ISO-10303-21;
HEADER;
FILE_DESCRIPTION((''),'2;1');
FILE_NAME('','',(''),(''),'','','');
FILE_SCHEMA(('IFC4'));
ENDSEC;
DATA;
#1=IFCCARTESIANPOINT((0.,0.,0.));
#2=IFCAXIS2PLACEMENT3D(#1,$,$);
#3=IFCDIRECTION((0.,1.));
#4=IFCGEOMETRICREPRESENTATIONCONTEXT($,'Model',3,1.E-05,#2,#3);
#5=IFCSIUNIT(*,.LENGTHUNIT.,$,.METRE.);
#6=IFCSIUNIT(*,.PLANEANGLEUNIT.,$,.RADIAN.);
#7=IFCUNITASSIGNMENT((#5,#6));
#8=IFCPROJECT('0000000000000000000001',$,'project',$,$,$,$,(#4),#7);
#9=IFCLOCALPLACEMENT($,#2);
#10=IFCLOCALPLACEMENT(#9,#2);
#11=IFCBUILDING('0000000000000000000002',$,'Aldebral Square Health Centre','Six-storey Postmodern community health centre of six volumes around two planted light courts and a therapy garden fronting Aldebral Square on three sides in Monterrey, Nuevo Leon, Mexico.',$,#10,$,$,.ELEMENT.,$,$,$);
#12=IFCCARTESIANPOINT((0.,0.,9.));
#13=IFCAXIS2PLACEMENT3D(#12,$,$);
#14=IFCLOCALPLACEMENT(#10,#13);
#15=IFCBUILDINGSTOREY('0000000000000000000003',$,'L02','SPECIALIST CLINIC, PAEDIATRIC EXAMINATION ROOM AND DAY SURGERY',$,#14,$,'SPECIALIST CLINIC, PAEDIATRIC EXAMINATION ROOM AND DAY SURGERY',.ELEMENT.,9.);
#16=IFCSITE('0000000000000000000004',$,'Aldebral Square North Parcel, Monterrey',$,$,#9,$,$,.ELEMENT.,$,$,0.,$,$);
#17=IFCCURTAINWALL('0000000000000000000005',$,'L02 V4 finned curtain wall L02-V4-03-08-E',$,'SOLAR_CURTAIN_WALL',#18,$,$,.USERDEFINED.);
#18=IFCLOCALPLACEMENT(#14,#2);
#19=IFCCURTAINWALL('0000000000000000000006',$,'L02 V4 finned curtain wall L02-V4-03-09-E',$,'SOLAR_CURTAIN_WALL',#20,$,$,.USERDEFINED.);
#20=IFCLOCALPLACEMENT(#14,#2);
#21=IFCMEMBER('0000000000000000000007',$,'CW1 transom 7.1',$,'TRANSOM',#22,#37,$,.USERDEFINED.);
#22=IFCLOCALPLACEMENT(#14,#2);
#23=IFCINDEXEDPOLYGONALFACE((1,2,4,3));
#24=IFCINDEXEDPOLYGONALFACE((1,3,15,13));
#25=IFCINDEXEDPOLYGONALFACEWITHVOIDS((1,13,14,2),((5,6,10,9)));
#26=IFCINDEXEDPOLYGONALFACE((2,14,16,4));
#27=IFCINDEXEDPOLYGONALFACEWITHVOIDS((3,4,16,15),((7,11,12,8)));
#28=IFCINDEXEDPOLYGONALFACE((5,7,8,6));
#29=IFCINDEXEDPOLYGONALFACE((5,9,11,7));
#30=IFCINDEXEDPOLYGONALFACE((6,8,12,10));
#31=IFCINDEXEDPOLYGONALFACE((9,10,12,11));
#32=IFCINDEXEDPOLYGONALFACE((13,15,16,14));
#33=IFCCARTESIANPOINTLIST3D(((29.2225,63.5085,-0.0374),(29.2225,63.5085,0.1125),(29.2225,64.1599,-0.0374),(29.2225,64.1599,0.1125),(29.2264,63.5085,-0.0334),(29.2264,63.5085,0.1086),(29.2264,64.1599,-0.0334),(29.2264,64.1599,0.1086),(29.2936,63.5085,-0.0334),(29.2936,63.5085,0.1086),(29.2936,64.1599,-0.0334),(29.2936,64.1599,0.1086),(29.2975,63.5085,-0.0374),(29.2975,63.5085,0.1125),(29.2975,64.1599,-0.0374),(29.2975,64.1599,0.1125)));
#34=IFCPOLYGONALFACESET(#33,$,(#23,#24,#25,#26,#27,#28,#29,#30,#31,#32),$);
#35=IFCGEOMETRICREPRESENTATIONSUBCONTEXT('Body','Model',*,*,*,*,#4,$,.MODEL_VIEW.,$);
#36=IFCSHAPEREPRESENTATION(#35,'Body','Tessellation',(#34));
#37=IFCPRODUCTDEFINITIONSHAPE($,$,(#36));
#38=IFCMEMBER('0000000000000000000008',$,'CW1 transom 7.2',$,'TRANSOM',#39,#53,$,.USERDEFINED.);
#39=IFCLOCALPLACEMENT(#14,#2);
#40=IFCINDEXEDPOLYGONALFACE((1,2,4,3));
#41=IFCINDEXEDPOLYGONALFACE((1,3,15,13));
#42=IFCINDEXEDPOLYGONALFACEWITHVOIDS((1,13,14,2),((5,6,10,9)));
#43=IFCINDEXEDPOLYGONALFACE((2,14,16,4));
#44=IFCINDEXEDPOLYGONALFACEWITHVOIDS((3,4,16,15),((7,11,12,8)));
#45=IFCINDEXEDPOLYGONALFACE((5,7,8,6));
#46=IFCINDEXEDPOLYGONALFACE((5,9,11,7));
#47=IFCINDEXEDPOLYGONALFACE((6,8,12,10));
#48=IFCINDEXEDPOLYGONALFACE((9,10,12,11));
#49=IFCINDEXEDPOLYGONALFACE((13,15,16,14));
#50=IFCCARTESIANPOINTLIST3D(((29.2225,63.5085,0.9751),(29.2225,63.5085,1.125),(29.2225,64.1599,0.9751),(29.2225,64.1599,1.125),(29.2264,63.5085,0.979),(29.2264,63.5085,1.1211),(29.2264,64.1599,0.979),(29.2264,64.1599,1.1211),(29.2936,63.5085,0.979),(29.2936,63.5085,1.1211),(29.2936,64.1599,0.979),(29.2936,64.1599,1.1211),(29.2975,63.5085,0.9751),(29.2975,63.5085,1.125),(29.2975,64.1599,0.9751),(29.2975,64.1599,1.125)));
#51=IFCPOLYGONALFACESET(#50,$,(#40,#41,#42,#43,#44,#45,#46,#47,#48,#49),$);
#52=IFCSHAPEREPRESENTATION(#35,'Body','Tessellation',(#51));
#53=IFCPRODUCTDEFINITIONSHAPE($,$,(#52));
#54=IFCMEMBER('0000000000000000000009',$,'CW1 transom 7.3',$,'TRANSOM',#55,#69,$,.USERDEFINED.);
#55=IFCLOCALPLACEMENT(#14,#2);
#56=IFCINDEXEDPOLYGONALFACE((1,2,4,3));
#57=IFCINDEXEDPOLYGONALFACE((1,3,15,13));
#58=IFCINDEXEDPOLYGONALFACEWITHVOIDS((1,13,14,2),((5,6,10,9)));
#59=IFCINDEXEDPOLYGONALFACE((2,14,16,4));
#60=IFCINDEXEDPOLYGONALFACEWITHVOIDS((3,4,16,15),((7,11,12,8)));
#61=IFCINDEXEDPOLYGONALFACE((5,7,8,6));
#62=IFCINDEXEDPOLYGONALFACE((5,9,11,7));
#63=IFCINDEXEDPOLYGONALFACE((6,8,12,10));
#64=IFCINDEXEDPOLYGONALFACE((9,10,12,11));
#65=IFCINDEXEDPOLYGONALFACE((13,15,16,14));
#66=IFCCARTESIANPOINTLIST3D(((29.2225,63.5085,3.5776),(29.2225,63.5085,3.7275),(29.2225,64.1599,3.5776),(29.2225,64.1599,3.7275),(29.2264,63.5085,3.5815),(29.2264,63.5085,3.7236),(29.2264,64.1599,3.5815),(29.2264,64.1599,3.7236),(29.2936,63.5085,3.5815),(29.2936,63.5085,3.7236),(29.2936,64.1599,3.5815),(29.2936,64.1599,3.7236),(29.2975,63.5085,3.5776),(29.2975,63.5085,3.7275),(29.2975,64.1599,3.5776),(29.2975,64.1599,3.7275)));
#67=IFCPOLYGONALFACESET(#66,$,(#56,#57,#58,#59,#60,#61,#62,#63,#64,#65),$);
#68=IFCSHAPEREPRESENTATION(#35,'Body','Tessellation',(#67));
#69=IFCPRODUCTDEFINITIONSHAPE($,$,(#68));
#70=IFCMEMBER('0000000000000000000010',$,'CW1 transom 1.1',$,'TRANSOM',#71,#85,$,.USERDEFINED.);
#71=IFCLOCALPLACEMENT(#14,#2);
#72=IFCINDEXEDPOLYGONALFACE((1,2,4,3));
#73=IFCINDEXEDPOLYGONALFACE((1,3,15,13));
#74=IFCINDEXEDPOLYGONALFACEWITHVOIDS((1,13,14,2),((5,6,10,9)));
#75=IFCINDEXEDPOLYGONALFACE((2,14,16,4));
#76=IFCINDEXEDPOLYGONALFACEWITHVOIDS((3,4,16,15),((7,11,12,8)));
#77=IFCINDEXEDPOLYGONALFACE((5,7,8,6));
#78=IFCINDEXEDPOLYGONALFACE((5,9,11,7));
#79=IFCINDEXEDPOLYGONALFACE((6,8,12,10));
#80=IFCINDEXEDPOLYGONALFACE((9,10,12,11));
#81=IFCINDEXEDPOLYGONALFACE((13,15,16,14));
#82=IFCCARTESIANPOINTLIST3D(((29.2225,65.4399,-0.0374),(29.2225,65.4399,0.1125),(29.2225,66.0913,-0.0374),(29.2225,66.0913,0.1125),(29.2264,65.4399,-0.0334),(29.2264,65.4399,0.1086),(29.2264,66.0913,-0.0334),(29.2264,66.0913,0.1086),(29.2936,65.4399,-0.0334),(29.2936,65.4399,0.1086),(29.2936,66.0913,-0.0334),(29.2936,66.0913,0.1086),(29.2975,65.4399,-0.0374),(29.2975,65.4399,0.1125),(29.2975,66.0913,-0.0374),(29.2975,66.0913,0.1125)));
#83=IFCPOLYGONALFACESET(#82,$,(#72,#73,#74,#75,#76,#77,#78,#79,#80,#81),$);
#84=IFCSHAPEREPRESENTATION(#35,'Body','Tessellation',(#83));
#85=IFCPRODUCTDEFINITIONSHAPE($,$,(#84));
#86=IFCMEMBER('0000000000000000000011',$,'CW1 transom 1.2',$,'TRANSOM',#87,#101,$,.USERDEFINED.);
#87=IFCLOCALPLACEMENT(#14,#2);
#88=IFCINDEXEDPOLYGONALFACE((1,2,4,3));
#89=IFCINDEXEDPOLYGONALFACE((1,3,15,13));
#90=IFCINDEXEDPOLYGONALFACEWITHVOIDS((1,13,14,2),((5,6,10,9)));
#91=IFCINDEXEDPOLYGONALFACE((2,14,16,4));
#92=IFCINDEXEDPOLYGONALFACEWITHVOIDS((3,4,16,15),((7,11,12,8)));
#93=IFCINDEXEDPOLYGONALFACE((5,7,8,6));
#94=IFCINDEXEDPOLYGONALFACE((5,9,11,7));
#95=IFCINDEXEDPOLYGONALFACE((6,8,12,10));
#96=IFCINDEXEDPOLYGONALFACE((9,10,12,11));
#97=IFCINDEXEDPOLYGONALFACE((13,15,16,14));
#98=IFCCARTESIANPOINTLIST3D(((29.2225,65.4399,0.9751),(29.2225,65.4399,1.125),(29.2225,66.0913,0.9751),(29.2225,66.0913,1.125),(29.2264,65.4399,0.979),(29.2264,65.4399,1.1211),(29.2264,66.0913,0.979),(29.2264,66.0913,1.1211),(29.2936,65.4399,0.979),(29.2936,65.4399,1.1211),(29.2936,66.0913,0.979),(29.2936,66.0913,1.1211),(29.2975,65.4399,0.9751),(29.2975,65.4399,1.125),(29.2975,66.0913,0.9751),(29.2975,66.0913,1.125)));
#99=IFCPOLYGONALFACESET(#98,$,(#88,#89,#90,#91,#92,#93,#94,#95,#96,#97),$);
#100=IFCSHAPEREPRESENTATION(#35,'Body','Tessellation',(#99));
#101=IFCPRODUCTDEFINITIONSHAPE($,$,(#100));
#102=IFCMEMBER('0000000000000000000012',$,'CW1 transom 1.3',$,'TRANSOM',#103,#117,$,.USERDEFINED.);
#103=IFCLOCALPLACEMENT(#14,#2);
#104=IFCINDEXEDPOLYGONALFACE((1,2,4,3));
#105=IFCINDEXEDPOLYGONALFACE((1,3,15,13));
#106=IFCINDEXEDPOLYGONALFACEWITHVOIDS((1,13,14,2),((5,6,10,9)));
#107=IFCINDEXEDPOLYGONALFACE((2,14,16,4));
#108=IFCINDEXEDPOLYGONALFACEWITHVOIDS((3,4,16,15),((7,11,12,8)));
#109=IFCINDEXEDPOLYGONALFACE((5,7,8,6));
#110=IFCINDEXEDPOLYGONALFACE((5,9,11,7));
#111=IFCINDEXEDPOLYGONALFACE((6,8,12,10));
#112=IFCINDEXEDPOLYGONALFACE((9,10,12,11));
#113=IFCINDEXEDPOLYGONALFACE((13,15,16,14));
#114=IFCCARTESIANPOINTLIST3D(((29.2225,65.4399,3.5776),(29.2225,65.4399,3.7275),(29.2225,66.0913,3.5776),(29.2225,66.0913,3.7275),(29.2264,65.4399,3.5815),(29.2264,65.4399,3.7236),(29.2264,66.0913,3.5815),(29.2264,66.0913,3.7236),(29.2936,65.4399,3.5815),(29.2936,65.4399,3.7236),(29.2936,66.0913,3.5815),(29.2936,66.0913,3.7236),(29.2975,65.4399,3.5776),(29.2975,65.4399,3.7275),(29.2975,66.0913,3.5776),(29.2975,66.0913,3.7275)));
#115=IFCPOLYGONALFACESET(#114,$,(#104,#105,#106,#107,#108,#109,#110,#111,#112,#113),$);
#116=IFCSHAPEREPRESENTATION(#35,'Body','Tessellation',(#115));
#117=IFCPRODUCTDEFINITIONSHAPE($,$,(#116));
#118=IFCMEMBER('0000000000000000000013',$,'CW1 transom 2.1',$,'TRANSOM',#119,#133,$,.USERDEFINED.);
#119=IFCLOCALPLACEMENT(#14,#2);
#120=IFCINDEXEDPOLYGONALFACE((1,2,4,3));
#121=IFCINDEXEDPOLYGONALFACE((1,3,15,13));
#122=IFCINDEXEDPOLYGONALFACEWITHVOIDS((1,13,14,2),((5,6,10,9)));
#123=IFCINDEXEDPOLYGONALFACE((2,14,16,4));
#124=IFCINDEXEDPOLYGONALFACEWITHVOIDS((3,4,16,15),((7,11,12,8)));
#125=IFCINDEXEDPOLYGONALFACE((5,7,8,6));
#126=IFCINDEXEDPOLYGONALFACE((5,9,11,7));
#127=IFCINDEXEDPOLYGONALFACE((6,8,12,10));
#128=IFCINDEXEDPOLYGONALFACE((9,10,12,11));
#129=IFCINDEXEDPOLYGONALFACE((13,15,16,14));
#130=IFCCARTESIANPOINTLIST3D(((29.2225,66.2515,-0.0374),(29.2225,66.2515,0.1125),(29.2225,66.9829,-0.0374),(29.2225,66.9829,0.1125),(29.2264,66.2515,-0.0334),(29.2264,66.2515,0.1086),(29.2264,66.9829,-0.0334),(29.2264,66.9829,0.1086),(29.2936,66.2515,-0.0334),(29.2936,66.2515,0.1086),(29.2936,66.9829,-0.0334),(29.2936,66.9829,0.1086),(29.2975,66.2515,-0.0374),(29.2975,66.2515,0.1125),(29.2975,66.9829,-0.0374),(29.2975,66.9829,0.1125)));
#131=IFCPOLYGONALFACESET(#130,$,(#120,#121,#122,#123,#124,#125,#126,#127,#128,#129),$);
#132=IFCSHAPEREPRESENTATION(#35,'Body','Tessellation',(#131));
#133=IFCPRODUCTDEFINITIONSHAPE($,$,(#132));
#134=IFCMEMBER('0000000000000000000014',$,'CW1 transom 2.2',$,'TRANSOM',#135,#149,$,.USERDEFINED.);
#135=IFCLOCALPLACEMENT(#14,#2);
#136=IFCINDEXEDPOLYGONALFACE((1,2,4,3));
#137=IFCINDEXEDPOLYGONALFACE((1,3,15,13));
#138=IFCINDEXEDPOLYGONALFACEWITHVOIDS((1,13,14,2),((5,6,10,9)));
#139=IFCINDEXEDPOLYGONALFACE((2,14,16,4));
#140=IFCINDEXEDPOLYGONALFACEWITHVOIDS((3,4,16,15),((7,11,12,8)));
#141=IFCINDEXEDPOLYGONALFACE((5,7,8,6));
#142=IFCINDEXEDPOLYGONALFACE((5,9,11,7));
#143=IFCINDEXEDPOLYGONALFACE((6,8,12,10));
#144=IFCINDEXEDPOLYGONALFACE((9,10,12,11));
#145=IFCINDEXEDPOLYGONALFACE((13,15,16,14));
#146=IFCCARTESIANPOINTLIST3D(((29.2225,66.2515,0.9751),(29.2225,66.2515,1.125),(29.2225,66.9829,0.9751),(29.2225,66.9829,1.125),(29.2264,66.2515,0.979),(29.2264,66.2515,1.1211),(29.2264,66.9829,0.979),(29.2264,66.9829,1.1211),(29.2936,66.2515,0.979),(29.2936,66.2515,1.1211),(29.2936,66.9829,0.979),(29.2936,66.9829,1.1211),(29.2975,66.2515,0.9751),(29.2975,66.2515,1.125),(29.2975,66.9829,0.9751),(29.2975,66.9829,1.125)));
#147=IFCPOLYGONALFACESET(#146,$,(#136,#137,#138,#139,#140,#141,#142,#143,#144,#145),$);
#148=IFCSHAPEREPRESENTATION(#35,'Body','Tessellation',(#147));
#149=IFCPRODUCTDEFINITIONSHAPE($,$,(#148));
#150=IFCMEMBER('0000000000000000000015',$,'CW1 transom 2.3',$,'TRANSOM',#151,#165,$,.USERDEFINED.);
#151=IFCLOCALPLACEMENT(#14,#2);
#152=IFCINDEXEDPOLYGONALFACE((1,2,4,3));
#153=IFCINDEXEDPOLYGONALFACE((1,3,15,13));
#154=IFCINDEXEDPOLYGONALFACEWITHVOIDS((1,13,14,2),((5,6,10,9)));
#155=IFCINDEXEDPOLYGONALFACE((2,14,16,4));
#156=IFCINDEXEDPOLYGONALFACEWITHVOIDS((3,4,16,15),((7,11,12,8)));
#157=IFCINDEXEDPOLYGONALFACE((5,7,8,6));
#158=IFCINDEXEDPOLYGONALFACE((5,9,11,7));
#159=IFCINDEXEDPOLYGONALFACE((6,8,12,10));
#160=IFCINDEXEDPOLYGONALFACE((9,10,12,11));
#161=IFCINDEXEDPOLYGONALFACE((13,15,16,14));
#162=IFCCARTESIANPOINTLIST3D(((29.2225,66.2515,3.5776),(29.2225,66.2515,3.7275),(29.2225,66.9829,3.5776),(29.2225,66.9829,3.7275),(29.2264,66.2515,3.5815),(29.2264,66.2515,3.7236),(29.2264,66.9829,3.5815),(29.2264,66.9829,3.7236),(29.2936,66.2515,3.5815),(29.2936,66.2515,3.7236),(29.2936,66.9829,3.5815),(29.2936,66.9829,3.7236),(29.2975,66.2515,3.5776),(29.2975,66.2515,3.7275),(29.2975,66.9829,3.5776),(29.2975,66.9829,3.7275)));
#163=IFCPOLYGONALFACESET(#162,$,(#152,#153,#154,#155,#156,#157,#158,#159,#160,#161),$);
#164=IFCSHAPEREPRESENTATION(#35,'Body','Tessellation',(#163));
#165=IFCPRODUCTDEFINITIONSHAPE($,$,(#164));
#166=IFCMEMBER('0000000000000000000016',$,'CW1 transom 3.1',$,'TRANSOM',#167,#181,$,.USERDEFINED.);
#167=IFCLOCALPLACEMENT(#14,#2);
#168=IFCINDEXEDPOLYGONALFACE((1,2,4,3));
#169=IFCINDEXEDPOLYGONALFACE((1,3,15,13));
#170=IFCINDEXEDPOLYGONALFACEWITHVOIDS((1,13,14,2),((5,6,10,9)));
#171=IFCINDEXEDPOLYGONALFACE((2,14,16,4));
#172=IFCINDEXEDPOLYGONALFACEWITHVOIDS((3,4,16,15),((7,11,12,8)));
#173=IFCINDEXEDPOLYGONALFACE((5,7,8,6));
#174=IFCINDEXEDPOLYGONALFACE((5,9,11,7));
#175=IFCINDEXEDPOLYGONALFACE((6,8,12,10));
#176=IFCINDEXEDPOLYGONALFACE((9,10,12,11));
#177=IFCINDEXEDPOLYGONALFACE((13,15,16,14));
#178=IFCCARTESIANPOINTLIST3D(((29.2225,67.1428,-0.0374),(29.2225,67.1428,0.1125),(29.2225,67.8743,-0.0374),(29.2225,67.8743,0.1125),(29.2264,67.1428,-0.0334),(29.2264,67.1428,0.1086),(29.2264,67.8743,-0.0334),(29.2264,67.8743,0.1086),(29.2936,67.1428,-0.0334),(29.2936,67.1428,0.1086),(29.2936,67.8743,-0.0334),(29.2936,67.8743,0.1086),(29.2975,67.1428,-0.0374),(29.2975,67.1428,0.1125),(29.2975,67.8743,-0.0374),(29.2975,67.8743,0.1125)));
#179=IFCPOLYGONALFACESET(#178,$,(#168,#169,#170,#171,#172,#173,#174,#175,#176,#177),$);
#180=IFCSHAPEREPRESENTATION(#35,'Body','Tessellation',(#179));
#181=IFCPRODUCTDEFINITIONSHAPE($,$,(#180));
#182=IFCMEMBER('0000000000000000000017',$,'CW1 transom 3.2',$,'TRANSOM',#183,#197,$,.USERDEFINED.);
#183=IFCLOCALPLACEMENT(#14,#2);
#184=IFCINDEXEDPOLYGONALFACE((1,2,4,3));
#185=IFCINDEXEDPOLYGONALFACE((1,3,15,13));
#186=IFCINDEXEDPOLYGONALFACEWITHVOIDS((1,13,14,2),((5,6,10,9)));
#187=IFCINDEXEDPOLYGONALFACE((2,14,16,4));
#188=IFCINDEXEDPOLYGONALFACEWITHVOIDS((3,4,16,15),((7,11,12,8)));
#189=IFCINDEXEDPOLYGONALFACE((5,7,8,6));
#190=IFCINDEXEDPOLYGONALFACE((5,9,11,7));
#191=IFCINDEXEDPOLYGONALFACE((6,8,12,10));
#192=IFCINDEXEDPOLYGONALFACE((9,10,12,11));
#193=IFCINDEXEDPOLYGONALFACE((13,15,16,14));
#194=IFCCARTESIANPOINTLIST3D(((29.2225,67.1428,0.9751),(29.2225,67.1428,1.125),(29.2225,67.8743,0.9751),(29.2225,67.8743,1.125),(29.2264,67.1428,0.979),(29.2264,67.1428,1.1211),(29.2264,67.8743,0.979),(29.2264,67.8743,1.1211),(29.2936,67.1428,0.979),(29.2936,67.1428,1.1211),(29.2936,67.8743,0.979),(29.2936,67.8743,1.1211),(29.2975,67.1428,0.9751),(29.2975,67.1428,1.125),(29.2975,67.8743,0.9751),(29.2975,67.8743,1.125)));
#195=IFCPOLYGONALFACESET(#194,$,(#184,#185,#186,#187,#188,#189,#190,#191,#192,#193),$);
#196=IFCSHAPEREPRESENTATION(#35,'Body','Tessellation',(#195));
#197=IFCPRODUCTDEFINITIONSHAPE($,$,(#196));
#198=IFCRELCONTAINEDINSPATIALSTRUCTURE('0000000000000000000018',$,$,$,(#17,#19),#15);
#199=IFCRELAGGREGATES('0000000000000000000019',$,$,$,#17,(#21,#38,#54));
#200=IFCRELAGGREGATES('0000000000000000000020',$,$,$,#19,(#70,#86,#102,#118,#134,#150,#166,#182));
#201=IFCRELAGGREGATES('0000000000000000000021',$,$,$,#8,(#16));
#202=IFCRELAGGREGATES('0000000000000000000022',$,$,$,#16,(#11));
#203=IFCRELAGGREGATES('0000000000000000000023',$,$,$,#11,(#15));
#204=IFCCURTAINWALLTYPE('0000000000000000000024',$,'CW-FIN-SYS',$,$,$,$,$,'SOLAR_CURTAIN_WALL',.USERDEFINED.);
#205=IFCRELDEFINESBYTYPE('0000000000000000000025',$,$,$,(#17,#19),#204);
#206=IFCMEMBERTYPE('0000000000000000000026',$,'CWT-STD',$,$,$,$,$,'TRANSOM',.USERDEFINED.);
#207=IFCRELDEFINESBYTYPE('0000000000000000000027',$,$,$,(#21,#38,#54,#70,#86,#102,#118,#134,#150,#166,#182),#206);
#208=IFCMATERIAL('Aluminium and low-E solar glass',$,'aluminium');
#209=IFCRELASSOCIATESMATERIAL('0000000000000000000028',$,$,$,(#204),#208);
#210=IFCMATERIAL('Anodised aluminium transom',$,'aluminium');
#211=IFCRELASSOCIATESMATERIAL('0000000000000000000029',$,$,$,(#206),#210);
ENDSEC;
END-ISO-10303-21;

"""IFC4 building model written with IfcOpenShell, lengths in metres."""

from ifc_helpers import new_model, si_unit, direction, frame, origin, origin_2d, place, context, subcontext, project, spatial, hollow_rectangle, extrude, material, material_profile, profile_set, type_object, element, aggregate, save


model = new_model("IFC4")

# Units and contexts
model_context = context("Model", 3, precision=1e-05, world=origin(), true_north=direction((0.0, 1.0)))
body_context = subcontext(model_context, "Body", "Model", "MODEL_VIEW")
ifc_project = project(units=[si_unit("LENGTHUNIT", "METRE"), si_unit("PLANEANGLEUNIT", "RADIAN")], contexts=[model_context])

# Site, building, storey
site_placement = place(None, origin())
site = spatial("IfcSite", under=ifc_project, at=site_placement, Name="Aldebral Square North Parcel, Monterrey", CompositionType="ELEMENT", RefElevation=0.0)
building_placement = place(site_placement, origin())
building = spatial("IfcBuilding", under=site, at=building_placement, Name="Aldebral Square Health Centre", Description="Six-storey Postmodern community health centre of six volumes around two planted light courts and a therapy garden fronting Aldebral Square on three sides in Monterrey, Nuevo Leon, Mexico.", CompositionType="ELEMENT")
storey_placement = place(building_placement, frame((0.0, 0.0, 9.0)))
storey = spatial("IfcBuildingStorey", under=building, at=storey_placement, Name="L02", Description="SPECIALIST CLINIC, PAEDIATRIC EXAMINATION ROOM AND DAY SURGERY", LongName="SPECIALIST CLINIC, PAEDIATRIC EXAMINATION ROOM AND DAY SURGERY", CompositionType="ELEMENT", Elevation=9.0)

# Curtain walls
ifc_material_1 = material(Name="Aluminium and low-E solar glass", Category="aluminium")
curtain_wall_type = type_object("IfcCurtainWallType", Name="CW-FIN-SYS", ElementType="SOLAR_CURTAIN_WALL", PredefinedType="USERDEFINED", material=ifc_material_1)
curtain_wall_1_placement = place(storey_placement, origin())
curtain_wall_1 = element("IfcCurtainWall", 1, at=curtain_wall_1_placement, inside=storey, type_object=curtain_wall_type, Name="L02 V4 finned curtain wall L02-V4-03-08-E", ObjectType="SOLAR_CURTAIN_WALL", PredefinedType="USERDEFINED")
curtain_wall_2_placement = place(storey_placement, origin())
curtain_wall_2 = element("IfcCurtainWall", 2, at=curtain_wall_2_placement, inside=storey, type_object=curtain_wall_type, Name="L02 V4 finned curtain wall L02-V4-03-09-E", ObjectType="SOLAR_CURTAIN_WALL", PredefinedType="USERDEFINED")

# Members
ifc_material_2 = material(Name="Anodised aluminium transom", Category="aluminium")
ifc_material_profile_1 = material_profile(ifc_material_2, hollow_rectangle(XDim=0.075, YDim=0.1499, WallThickness=0.0039, at=origin_2d()), Name="CWT 75x150x4")
ifc_profile_set_1 = profile_set([ifc_material_profile_1], Name="Anodised aluminium transom")
member_type_1 = type_object("IfcMemberType", Name="CWT-STD", ElementType="TRANSOM", PredefinedType="USERDEFINED", material=ifc_profile_set_1)
member_1_placement = place(storey_placement, frame((29.26, 63.5085, 0.0376), z_axis=(0.0, 1.0, 0.0), x_axis=(-1.0, 0.0, 0.0)))
member_1 = element("IfcMember", 3, at=member_1_placement, type_object=member_type_1, Name="CW1 transom 7.1", ObjectType="TRANSOM", PredefinedType="USERDEFINED", context=body_context, shape_type="SweptSolid", body=[
    extrude(hollow_rectangle(XDim=0.075, YDim=0.1499, WallThickness=0.0039, at=origin_2d()), origin(), (0.0, 0.0, 1.0), 0.6514),
])
member_2_placement = place(storey_placement, frame((29.26, 63.5085, 1.05), z_axis=(0.0, 1.0, 0.0), x_axis=(-1.0, 0.0, 0.0)))
member_2 = element("IfcMember", 4, at=member_2_placement, type_object=member_type_1, Name="CW1 transom 7.2", ObjectType="TRANSOM", PredefinedType="USERDEFINED", context=body_context, shape_type="SweptSolid", body=[
    extrude(hollow_rectangle(XDim=0.075, YDim=0.1499, WallThickness=0.0039, at=origin_2d()), origin(), (0.0, 0.0, 1.0), 0.6514),
])
member_3_placement = place(storey_placement, frame((29.26, 63.5085, 3.6526), z_axis=(0.0, 1.0, 0.0), x_axis=(-1.0, 0.0, 0.0)))
member_3 = element("IfcMember", 5, at=member_3_placement, type_object=member_type_1, Name="CW1 transom 7.3", ObjectType="TRANSOM", PredefinedType="USERDEFINED", context=body_context, shape_type="SweptSolid", body=[
    extrude(hollow_rectangle(XDim=0.075, YDim=0.1499, WallThickness=0.0039, at=origin_2d()), origin(), (0.0, 0.0, 1.0), 0.6514),
])
member_4_placement = place(storey_placement, frame((29.26, 65.4399, 0.0376), z_axis=(0.0, 1.0, 0.0), x_axis=(-1.0, 0.0, 0.0)))
member_4 = element("IfcMember", 6, at=member_4_placement, type_object=member_type_1, Name="CW1 transom 1.1", ObjectType="TRANSOM", PredefinedType="USERDEFINED", context=body_context, shape_type="SweptSolid", body=[
    extrude(hollow_rectangle(XDim=0.075, YDim=0.1499, WallThickness=0.0039, at=origin_2d()), origin(), (0.0, 0.0, 1.0), 0.6514),
])
member_5_placement = place(storey_placement, frame((29.26, 65.4399, 1.05), z_axis=(0.0, 1.0, 0.0), x_axis=(-1.0, 0.0, 0.0)))
member_5 = element("IfcMember", 7, at=member_5_placement, type_object=member_type_1, Name="CW1 transom 1.2", ObjectType="TRANSOM", PredefinedType="USERDEFINED", context=body_context, shape_type="SweptSolid", body=[
    extrude(hollow_rectangle(XDim=0.075, YDim=0.1499, WallThickness=0.0039, at=origin_2d()), origin(), (0.0, 0.0, 1.0), 0.6514),
])
member_6_placement = place(storey_placement, frame((29.26, 65.4399, 3.6526), z_axis=(0.0, 1.0, 0.0), x_axis=(-1.0, 0.0, 0.0)))
member_6 = element("IfcMember", 8, at=member_6_placement, type_object=member_type_1, Name="CW1 transom 1.3", ObjectType="TRANSOM", PredefinedType="USERDEFINED", context=body_context, shape_type="SweptSolid", body=[
    extrude(hollow_rectangle(XDim=0.075, YDim=0.1499, WallThickness=0.0039, at=origin_2d()), origin(), (0.0, 0.0, 1.0), 0.6514),
])
member_7_placement = place(storey_placement, frame((29.26, 66.2515, 0.0376), z_axis=(0.0, 1.0, 0.0), x_axis=(-1.0, 0.0, 0.0)))
member_7 = element("IfcMember", 9, at=member_7_placement, type_object=member_type_1, Name="CW1 transom 2.1", ObjectType="TRANSOM", PredefinedType="USERDEFINED", context=body_context, shape_type="SweptSolid", body=[
    extrude(hollow_rectangle(XDim=0.075, YDim=0.1499, WallThickness=0.0039, at=origin_2d()), origin(), (0.0, 0.0, 1.0), 0.7314),
])
member_8_placement = place(storey_placement, frame((29.26, 66.2515, 1.05), z_axis=(0.0, 1.0, 0.0), x_axis=(-1.0, 0.0, 0.0)))
member_8 = element("IfcMember", 10, at=member_8_placement, type_object=member_type_1, Name="CW1 transom 2.2", ObjectType="TRANSOM", PredefinedType="USERDEFINED", context=body_context, shape_type="SweptSolid", body=[
    extrude(hollow_rectangle(XDim=0.075, YDim=0.1499, WallThickness=0.0039, at=origin_2d()), origin(), (0.0, 0.0, 1.0), 0.7314),
])
member_9_placement = place(storey_placement, frame((29.26, 66.2515, 3.6526), z_axis=(0.0, 1.0, 0.0), x_axis=(-1.0, 0.0, 0.0)))
member_9 = element("IfcMember", 11, at=member_9_placement, type_object=member_type_1, Name="CW1 transom 2.3", ObjectType="TRANSOM", PredefinedType="USERDEFINED", context=body_context, shape_type="SweptSolid", body=[
    extrude(hollow_rectangle(XDim=0.075, YDim=0.1499, WallThickness=0.0039, at=origin_2d()), origin(), (0.0, 0.0, 1.0), 0.7314),
])
member_10_placement = place(storey_placement, frame((29.26, 67.1428, 0.0376), z_axis=(0.0, 1.0, 0.0), x_axis=(-1.0, 0.0, 0.0)))
member_10 = element("IfcMember", 12, at=member_10_placement, type_object=member_type_1, Name="CW1 transom 3.1", ObjectType="TRANSOM", PredefinedType="USERDEFINED", context=body_context, shape_type="SweptSolid", body=[
    extrude(hollow_rectangle(XDim=0.075, YDim=0.1499, WallThickness=0.0039, at=origin_2d()), origin(), (0.0, 0.0, 1.0), 0.7314),
])
member_11_placement = place(storey_placement, frame((29.26, 67.1428, 1.05), z_axis=(0.0, 1.0, 0.0), x_axis=(-1.0, 0.0, 0.0)))
member_11 = element("IfcMember", 13, at=member_11_placement, type_object=member_type_1, Name="CW1 transom 3.2", ObjectType="TRANSOM", PredefinedType="USERDEFINED", context=body_context, shape_type="SweptSolid", body=[
    extrude(hollow_rectangle(XDim=0.075, YDim=0.1499, WallThickness=0.0039, at=origin_2d()), origin(), (0.0, 0.0, 1.0), 0.7314),
])

aggregate(curtain_wall_1, [member_1, member_2, member_3])
aggregate(curtain_wall_2, [member_4, member_5, member_6, member_7, member_8, member_9, member_10, member_11])

save(model, "model.ifc")
